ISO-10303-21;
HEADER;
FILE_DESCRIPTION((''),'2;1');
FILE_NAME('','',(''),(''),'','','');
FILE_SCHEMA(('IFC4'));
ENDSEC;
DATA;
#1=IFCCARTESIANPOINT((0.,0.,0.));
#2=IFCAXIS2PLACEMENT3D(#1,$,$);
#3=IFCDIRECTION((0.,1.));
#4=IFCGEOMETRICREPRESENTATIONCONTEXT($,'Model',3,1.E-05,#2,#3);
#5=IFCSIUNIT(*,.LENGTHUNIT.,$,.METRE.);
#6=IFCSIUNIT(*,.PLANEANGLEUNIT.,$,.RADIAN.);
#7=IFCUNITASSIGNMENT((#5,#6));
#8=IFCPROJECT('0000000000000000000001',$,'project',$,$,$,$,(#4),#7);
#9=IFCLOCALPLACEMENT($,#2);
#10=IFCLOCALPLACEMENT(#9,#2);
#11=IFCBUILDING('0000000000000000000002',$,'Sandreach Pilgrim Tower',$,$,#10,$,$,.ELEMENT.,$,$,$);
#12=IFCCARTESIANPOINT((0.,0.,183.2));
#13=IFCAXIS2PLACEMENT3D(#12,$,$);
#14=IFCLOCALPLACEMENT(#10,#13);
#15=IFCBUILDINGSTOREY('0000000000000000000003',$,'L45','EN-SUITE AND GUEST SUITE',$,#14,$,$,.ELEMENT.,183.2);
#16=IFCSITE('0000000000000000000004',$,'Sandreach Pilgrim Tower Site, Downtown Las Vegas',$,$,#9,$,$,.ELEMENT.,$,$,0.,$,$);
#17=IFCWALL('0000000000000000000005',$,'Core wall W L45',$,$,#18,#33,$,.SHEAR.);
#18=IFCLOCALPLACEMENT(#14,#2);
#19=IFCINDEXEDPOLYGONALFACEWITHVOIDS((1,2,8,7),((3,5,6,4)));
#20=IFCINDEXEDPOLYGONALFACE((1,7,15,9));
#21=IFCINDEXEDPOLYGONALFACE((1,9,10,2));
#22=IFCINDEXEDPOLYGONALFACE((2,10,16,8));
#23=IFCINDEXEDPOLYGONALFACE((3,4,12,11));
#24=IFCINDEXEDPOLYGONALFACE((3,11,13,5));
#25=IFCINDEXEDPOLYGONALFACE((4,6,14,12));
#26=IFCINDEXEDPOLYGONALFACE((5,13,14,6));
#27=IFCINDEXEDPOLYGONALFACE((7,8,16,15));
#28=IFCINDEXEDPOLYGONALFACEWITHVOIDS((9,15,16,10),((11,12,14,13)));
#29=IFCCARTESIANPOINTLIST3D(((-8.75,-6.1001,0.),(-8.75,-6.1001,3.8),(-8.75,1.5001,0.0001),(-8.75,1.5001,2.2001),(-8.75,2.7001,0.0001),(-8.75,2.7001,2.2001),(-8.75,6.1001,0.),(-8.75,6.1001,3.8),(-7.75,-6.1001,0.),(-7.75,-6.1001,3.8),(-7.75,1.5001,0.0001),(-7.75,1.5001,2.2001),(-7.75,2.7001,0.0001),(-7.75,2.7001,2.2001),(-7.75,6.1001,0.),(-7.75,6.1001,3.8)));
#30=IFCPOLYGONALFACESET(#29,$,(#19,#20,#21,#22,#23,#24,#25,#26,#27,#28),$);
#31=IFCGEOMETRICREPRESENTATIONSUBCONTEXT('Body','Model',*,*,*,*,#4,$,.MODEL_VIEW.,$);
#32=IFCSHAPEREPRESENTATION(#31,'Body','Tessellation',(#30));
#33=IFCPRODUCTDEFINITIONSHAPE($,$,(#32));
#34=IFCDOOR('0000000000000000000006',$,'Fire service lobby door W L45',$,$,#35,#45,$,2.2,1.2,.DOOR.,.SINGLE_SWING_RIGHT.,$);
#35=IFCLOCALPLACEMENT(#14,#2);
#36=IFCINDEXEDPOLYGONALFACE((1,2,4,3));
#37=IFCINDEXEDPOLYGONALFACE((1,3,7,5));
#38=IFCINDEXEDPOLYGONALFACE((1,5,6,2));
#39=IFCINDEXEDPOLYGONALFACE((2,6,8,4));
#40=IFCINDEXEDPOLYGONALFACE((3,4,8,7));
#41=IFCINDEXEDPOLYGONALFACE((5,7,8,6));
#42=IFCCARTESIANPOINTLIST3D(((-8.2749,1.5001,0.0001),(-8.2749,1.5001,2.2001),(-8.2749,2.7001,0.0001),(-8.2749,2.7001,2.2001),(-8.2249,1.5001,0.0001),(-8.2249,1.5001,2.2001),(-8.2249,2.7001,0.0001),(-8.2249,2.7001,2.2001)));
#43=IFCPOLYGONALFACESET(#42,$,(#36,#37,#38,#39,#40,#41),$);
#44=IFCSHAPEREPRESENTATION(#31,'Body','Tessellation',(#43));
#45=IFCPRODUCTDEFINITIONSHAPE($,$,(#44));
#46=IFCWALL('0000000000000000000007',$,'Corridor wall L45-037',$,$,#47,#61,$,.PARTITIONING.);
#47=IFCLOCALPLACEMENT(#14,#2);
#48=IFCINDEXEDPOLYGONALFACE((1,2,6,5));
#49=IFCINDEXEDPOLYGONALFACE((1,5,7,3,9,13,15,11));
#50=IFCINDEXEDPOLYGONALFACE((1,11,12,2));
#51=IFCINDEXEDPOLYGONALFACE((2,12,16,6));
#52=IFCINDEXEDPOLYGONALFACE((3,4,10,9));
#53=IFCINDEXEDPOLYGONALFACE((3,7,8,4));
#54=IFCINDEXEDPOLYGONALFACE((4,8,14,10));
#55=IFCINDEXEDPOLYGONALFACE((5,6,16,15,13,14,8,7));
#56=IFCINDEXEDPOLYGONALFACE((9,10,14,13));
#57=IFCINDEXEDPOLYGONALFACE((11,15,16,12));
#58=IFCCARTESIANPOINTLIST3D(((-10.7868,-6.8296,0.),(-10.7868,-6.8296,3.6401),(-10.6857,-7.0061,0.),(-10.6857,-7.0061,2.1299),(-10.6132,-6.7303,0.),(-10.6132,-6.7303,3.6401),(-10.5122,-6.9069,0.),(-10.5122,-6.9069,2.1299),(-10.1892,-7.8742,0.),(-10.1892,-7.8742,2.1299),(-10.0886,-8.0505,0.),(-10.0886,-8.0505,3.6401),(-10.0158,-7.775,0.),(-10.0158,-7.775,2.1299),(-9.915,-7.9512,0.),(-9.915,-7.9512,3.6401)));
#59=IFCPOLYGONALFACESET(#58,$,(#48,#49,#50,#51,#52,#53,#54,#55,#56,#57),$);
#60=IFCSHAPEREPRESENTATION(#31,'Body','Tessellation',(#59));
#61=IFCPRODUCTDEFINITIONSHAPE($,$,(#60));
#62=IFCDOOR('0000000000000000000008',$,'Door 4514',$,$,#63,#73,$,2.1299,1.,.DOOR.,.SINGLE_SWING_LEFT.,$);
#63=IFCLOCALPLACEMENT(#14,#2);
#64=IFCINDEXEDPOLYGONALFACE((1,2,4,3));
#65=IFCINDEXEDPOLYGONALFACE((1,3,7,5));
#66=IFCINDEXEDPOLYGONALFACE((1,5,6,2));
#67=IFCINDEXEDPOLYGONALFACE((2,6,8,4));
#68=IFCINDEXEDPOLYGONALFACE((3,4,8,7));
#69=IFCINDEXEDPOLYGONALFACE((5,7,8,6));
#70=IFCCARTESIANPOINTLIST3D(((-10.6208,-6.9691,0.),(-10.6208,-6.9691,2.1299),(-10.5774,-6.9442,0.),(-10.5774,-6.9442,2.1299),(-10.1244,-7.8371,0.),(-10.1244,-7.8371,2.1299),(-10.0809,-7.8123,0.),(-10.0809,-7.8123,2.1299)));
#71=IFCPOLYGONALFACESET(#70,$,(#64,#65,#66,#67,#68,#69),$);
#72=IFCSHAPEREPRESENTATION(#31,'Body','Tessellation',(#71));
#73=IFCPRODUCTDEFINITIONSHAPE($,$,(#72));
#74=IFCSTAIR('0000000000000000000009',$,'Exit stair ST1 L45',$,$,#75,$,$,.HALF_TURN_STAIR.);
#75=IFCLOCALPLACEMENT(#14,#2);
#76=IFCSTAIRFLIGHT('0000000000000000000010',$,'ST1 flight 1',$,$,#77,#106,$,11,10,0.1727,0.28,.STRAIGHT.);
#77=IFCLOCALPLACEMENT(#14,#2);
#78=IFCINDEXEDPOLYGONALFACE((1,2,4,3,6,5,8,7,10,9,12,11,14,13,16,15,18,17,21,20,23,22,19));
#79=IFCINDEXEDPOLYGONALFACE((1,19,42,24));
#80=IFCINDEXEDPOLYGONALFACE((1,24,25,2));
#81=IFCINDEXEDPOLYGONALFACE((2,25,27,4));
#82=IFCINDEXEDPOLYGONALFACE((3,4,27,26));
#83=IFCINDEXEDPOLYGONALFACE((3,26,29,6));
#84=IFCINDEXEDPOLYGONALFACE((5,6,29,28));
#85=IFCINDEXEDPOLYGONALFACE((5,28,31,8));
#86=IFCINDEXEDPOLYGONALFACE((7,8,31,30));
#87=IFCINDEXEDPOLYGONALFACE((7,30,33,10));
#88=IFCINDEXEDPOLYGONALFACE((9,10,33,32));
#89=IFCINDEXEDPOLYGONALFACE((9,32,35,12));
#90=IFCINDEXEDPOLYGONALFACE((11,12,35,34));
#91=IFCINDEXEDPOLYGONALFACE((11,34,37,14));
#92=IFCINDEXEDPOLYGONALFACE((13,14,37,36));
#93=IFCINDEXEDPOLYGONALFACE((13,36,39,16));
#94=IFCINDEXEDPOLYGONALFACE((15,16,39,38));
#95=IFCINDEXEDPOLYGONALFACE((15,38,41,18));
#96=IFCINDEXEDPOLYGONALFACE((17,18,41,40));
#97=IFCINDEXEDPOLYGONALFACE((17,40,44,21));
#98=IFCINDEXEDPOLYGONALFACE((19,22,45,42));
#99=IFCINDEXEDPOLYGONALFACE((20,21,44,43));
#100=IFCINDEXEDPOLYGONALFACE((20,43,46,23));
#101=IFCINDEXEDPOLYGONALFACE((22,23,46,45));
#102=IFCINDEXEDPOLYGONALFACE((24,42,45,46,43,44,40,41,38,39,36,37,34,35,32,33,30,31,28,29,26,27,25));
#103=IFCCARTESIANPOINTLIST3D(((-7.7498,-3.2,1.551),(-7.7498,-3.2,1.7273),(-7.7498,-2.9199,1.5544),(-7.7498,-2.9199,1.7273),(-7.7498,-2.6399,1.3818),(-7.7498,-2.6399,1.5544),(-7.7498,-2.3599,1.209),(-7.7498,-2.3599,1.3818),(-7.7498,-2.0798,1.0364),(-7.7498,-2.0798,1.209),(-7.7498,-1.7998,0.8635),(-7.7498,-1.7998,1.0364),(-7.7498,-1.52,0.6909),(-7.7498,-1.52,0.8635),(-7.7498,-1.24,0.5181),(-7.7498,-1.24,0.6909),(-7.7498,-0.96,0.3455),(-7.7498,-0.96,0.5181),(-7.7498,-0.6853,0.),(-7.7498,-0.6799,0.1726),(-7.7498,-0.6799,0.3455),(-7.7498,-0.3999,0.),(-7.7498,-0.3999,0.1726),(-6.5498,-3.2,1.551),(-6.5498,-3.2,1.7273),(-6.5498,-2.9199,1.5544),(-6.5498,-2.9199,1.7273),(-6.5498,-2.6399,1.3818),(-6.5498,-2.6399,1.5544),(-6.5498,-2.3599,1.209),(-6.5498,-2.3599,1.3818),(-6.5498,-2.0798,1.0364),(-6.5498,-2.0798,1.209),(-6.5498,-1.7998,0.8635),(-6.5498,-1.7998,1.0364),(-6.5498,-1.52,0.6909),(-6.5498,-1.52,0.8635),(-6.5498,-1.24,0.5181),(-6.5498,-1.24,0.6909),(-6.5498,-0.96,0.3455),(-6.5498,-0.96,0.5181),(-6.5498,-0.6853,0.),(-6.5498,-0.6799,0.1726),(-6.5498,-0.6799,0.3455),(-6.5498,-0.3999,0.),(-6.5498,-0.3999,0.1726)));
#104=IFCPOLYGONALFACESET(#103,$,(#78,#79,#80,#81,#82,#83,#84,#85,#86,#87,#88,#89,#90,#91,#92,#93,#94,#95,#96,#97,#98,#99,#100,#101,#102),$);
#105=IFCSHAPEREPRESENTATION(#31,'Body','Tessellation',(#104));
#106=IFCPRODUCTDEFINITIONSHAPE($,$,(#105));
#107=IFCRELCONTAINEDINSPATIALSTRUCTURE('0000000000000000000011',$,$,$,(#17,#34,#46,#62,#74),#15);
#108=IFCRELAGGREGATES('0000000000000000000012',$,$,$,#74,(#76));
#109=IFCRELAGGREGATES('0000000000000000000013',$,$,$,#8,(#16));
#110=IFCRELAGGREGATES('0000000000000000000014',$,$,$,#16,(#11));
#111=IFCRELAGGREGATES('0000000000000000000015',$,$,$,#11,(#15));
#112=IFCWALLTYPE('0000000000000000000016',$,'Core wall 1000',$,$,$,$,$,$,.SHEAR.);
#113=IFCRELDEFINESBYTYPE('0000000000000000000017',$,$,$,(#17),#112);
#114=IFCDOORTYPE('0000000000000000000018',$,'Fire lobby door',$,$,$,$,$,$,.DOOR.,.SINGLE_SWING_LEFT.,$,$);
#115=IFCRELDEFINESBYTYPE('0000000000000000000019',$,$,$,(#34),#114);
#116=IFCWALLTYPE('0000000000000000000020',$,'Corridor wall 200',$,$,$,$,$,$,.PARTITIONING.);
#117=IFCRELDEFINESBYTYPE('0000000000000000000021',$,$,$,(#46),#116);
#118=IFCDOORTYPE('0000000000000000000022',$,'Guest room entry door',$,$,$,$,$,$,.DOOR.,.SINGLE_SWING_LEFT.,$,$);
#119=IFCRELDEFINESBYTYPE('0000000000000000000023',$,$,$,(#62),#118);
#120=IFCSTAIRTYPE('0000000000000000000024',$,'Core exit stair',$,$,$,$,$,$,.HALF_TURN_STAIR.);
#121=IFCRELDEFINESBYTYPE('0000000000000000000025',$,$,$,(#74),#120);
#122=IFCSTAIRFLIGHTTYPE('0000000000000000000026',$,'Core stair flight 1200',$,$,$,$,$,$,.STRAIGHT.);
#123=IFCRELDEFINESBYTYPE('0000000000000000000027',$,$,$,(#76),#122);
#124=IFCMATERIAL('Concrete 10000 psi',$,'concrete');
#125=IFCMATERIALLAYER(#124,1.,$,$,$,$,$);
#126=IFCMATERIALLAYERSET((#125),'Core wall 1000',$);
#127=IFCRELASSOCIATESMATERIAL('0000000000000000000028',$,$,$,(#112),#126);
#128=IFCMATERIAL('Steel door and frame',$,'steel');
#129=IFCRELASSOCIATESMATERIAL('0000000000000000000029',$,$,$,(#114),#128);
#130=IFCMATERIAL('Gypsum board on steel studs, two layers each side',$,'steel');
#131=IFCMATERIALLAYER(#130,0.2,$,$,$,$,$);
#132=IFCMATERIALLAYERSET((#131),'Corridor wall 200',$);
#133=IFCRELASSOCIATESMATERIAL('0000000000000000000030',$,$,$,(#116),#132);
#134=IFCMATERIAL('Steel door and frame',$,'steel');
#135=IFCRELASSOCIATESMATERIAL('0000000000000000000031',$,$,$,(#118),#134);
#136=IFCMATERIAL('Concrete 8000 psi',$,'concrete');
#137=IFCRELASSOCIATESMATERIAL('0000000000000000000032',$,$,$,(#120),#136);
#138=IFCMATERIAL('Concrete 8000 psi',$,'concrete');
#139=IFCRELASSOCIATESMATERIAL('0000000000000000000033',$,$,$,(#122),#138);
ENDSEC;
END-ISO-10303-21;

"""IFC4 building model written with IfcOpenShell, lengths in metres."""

from ifc_helpers import new_model, si_unit, direction, frame, frame_2d, origin, place, context, subcontext, project, spatial, polyline, rectangle, outline, extrude, material, layer, layer_set, type_object, element, fill, aggregate, save


model = new_model("IFC4")

# Units and contexts
model_context = context("Model", 3, precision=1e-05, world=origin(), true_north=direction((0.0, 1.0)))
body_context = subcontext(model_context, "Body", "Model", "MODEL_VIEW")
ifc_project = project(units=[si_unit("LENGTHUNIT", "METRE"), si_unit("PLANEANGLEUNIT", "RADIAN")], contexts=[model_context])

# Site, building, storey
site_placement = place(None, origin())
site = spatial("IfcSite", under=ifc_project, at=site_placement, Name="Sandreach Pilgrim Tower Site, Downtown Las Vegas", CompositionType="ELEMENT", RefElevation=0.0)
building_placement = place(site_placement, origin())
building = spatial("IfcBuilding", under=site, at=building_placement, Name="Sandreach Pilgrim Tower", CompositionType="ELEMENT")
storey_placement = place(building_placement, frame((0.0, 0.0, 183.2)))
storey = spatial("IfcBuildingStorey", under=building, at=storey_placement, Name="L45", Description="EN-SUITE AND GUEST SUITE", CompositionType="ELEMENT", Elevation=183.2)

# Shared definitions
ifc_material_1 = material(Name="Concrete 10000 psi", Category="concrete")
ifc_layer_1 = layer(ifc_material_1, 1.0)
ifc_layer_set_1 = layer_set([ifc_layer_1], Name="Core wall 1000")
wall_type_1 = type_object("IfcWallType", Name="Core wall 1000", PredefinedType="SHEAR", material=ifc_layer_set_1)

# Walls, openings, doors
wall_1_placement = place(storey_placement, frame((-8.25, -6.1001, 0.0), z_axis=(0.0, 0.0, 1.0), x_axis=(0.0, 1.0, 0.0)))
wall_1 = element("IfcWall", 1, at=wall_1_placement, inside=storey, type_object=wall_type_1, Name="Core wall W L45", PredefinedType="SHEAR", context=body_context, shape_type="SweptSolid", body=[
    extrude(rectangle(XDim=12.2002, YDim=1.0, at=frame_2d((6.1001, 0.0))), origin(), (0.0, 0.0, 1.0), 3.8),
])
opening_1_placement = place(wall_1_placement, frame((7.6001, 0.0, 0.0)))
opening_1 = element("IfcOpeningElement", 2, at=opening_1_placement, cuts=wall_1, PredefinedType="OPENING", context=body_context, shape_type="SweptSolid", body=[
    extrude(rectangle(XDim=1.2, YDim=2.2, at=frame_2d((0.6001, 1.1001))), frame((0.0, 0.5, 0.0), z_axis=(0.0, -1.0, 0.0), x_axis=(1.0, 0.0, 0.0)), (0.0, 0.0, 1.0), 1.0),
])
ifc_material_2 = material(Name="Steel door and frame", Category="steel")
door_type_1 = type_object("IfcDoorType", Name="Fire lobby door", OperationType="SINGLE_SWING_LEFT", PredefinedType="DOOR", material=ifc_material_2)
door_1_placement = place(opening_1_placement, origin())
door_1 = element("IfcDoor", 3, at=door_1_placement, inside=storey, type_object=door_type_1, Name="Fire service lobby door W L45", OperationType="SINGLE_SWING_RIGHT", OverallHeight=2.2, OverallWidth=1.2, PredefinedType="DOOR", context=body_context, shape_type="SweptSolid", body=[
    extrude(rectangle(XDim=1.2, YDim=2.2, at=frame_2d((0.6001, 1.1001))), frame((0.0, 0.0249, 0.0), z_axis=(0.0, -1.0, 0.0), x_axis=(1.0, 0.0, 0.0)), (0.0, 0.0, 1.0), 0.05),
])
fill(opening_1, door_1)
ifc_material_3 = material(Name="Gypsum board on steel studs, two layers each side", Category="steel")
ifc_layer_2 = layer(ifc_material_3, 0.2)
ifc_layer_set_2 = layer_set([ifc_layer_2], Name="Corridor wall 200")
wall_type_2 = type_object("IfcWallType", Name="Corridor wall 200", PredefinedType="PARTITIONING", material=ifc_layer_set_2)
wall_2_placement = place(storey_placement, frame((-10.7, -6.78, 0.0), z_axis=(0.0, 0.0, 1.0), x_axis=(0.496438, -0.868072, 0.0)))
wall_2 = element("IfcWall", 4, at=wall_2_placement, inside=storey, type_object=wall_type_2, Name="Corridor wall L45-037", PredefinedType="PARTITIONING", context=body_context, shape_type="SweptSolid", body=[
    extrude(rectangle(XDim=1.4065, YDim=0.2, at=frame_2d((0.7031, 0.0))), origin(), (0.0, 0.0, 1.0), 3.6401),
])
opening_2_placement = place(wall_2_placement, frame((0.2034, 0.0, 0.0)))
opening_2 = element("IfcOpeningElement", 5, at=opening_2_placement, cuts=wall_2, PredefinedType="OPENING", context=body_context, shape_type="SweptSolid", body=[
    extrude(rectangle(XDim=1.0, YDim=2.1299, at=frame_2d((0.5, 1.0649))), frame((0.0, 0.1001, 0.0), z_axis=(0.0, -1.0, 0.0), x_axis=(1.0, 0.0, 0.0)), (0.0, 0.0, 1.0), 0.2),
])
ifc_material_4 = material(Name="Steel door and frame", Category="steel")
door_type_2 = type_object("IfcDoorType", Name="Guest room entry door", OperationType="SINGLE_SWING_LEFT", PredefinedType="DOOR", material=ifc_material_4)
door_2_placement = place(opening_2_placement, origin())
door_2 = element("IfcDoor", 6, at=door_2_placement, inside=storey, type_object=door_type_2, Name="Door 4514", OperationType="SINGLE_SWING_LEFT", OverallHeight=2.1299, OverallWidth=1.0, PredefinedType="DOOR", context=body_context, shape_type="SweptSolid", body=[
    extrude(rectangle(XDim=1.0, YDim=2.1299, at=frame_2d((0.5, 1.0649))), frame((0.0, 0.0249, 0.0), z_axis=(0.0, -1.0, 0.0), x_axis=(1.0, 0.0, 0.0)), (0.0, 0.0, 1.0), 0.05),
])
fill(opening_2, door_2)

# Stair, stair flight
ifc_material_5 = material(Name="Concrete 8000 psi", Category="concrete")
stair_type = type_object("IfcStairType", Name="Core exit stair", PredefinedType="HALF_TURN_STAIR", material=ifc_material_5)
stair_placement = place(storey_placement, origin())
stair = element("IfcStair", 7, at=stair_placement, inside=storey, type_object=stair_type, Name="Exit stair ST1 L45", PredefinedType="HALF_TURN_STAIR")
ifc_material_6 = material(Name="Concrete 8000 psi", Category="concrete")
stair_flight_type = type_object("IfcStairFlightType", Name="Core stair flight 1200", PredefinedType="STRAIGHT", material=ifc_material_6)
stair_flight_placement = place(storey_placement, frame((-7.1499, -0.3999, 0.0), z_axis=(0.0, 0.0, 1.0), x_axis=(0.0, -1.0, 0.0)))
stair_flight = element("IfcStairFlight", 8, at=stair_flight_placement, type_object=stair_flight_type, Name="ST1 flight 1", NumberOfRisers=11, NumberOfTreads=10, PredefinedType="STRAIGHT", RiserHeight=0.1727, TreadLength=0.28, context=body_context, shape_type="SweptSolid", body=[
    extrude(outline(polyline([(0.0, 0.0), (0.0, 0.1726), (0.28, 0.1726), (0.28, 0.3455), (0.5601, 0.3455), (0.5601, 0.5181), (0.8401, 0.5181), (0.8401, 0.6909), (1.1201, 0.6909), (1.1201, 0.8635), (1.3999, 0.8635), (1.3999, 1.0364), (1.6799, 1.0364), (1.6799, 1.209), (1.96, 1.209), (1.96, 1.3818), (2.24, 1.3818), (2.24, 1.5544), (2.52, 1.5544), (2.52, 1.7273), (2.8, 1.7273), (2.8, 1.8999), (2.8, 1.551), (0.2854, 0.0), (0.0, 0.0)])), frame((0.0, 0.6001, 0.0), z_axis=(0.0, -1.0, 0.0), x_axis=(1.0, 0.0, 0.0)), (0.0, 0.0, 1.0), 1.2),
])
aggregate(stair, [stair_flight])

save(model, "model.ifc")
